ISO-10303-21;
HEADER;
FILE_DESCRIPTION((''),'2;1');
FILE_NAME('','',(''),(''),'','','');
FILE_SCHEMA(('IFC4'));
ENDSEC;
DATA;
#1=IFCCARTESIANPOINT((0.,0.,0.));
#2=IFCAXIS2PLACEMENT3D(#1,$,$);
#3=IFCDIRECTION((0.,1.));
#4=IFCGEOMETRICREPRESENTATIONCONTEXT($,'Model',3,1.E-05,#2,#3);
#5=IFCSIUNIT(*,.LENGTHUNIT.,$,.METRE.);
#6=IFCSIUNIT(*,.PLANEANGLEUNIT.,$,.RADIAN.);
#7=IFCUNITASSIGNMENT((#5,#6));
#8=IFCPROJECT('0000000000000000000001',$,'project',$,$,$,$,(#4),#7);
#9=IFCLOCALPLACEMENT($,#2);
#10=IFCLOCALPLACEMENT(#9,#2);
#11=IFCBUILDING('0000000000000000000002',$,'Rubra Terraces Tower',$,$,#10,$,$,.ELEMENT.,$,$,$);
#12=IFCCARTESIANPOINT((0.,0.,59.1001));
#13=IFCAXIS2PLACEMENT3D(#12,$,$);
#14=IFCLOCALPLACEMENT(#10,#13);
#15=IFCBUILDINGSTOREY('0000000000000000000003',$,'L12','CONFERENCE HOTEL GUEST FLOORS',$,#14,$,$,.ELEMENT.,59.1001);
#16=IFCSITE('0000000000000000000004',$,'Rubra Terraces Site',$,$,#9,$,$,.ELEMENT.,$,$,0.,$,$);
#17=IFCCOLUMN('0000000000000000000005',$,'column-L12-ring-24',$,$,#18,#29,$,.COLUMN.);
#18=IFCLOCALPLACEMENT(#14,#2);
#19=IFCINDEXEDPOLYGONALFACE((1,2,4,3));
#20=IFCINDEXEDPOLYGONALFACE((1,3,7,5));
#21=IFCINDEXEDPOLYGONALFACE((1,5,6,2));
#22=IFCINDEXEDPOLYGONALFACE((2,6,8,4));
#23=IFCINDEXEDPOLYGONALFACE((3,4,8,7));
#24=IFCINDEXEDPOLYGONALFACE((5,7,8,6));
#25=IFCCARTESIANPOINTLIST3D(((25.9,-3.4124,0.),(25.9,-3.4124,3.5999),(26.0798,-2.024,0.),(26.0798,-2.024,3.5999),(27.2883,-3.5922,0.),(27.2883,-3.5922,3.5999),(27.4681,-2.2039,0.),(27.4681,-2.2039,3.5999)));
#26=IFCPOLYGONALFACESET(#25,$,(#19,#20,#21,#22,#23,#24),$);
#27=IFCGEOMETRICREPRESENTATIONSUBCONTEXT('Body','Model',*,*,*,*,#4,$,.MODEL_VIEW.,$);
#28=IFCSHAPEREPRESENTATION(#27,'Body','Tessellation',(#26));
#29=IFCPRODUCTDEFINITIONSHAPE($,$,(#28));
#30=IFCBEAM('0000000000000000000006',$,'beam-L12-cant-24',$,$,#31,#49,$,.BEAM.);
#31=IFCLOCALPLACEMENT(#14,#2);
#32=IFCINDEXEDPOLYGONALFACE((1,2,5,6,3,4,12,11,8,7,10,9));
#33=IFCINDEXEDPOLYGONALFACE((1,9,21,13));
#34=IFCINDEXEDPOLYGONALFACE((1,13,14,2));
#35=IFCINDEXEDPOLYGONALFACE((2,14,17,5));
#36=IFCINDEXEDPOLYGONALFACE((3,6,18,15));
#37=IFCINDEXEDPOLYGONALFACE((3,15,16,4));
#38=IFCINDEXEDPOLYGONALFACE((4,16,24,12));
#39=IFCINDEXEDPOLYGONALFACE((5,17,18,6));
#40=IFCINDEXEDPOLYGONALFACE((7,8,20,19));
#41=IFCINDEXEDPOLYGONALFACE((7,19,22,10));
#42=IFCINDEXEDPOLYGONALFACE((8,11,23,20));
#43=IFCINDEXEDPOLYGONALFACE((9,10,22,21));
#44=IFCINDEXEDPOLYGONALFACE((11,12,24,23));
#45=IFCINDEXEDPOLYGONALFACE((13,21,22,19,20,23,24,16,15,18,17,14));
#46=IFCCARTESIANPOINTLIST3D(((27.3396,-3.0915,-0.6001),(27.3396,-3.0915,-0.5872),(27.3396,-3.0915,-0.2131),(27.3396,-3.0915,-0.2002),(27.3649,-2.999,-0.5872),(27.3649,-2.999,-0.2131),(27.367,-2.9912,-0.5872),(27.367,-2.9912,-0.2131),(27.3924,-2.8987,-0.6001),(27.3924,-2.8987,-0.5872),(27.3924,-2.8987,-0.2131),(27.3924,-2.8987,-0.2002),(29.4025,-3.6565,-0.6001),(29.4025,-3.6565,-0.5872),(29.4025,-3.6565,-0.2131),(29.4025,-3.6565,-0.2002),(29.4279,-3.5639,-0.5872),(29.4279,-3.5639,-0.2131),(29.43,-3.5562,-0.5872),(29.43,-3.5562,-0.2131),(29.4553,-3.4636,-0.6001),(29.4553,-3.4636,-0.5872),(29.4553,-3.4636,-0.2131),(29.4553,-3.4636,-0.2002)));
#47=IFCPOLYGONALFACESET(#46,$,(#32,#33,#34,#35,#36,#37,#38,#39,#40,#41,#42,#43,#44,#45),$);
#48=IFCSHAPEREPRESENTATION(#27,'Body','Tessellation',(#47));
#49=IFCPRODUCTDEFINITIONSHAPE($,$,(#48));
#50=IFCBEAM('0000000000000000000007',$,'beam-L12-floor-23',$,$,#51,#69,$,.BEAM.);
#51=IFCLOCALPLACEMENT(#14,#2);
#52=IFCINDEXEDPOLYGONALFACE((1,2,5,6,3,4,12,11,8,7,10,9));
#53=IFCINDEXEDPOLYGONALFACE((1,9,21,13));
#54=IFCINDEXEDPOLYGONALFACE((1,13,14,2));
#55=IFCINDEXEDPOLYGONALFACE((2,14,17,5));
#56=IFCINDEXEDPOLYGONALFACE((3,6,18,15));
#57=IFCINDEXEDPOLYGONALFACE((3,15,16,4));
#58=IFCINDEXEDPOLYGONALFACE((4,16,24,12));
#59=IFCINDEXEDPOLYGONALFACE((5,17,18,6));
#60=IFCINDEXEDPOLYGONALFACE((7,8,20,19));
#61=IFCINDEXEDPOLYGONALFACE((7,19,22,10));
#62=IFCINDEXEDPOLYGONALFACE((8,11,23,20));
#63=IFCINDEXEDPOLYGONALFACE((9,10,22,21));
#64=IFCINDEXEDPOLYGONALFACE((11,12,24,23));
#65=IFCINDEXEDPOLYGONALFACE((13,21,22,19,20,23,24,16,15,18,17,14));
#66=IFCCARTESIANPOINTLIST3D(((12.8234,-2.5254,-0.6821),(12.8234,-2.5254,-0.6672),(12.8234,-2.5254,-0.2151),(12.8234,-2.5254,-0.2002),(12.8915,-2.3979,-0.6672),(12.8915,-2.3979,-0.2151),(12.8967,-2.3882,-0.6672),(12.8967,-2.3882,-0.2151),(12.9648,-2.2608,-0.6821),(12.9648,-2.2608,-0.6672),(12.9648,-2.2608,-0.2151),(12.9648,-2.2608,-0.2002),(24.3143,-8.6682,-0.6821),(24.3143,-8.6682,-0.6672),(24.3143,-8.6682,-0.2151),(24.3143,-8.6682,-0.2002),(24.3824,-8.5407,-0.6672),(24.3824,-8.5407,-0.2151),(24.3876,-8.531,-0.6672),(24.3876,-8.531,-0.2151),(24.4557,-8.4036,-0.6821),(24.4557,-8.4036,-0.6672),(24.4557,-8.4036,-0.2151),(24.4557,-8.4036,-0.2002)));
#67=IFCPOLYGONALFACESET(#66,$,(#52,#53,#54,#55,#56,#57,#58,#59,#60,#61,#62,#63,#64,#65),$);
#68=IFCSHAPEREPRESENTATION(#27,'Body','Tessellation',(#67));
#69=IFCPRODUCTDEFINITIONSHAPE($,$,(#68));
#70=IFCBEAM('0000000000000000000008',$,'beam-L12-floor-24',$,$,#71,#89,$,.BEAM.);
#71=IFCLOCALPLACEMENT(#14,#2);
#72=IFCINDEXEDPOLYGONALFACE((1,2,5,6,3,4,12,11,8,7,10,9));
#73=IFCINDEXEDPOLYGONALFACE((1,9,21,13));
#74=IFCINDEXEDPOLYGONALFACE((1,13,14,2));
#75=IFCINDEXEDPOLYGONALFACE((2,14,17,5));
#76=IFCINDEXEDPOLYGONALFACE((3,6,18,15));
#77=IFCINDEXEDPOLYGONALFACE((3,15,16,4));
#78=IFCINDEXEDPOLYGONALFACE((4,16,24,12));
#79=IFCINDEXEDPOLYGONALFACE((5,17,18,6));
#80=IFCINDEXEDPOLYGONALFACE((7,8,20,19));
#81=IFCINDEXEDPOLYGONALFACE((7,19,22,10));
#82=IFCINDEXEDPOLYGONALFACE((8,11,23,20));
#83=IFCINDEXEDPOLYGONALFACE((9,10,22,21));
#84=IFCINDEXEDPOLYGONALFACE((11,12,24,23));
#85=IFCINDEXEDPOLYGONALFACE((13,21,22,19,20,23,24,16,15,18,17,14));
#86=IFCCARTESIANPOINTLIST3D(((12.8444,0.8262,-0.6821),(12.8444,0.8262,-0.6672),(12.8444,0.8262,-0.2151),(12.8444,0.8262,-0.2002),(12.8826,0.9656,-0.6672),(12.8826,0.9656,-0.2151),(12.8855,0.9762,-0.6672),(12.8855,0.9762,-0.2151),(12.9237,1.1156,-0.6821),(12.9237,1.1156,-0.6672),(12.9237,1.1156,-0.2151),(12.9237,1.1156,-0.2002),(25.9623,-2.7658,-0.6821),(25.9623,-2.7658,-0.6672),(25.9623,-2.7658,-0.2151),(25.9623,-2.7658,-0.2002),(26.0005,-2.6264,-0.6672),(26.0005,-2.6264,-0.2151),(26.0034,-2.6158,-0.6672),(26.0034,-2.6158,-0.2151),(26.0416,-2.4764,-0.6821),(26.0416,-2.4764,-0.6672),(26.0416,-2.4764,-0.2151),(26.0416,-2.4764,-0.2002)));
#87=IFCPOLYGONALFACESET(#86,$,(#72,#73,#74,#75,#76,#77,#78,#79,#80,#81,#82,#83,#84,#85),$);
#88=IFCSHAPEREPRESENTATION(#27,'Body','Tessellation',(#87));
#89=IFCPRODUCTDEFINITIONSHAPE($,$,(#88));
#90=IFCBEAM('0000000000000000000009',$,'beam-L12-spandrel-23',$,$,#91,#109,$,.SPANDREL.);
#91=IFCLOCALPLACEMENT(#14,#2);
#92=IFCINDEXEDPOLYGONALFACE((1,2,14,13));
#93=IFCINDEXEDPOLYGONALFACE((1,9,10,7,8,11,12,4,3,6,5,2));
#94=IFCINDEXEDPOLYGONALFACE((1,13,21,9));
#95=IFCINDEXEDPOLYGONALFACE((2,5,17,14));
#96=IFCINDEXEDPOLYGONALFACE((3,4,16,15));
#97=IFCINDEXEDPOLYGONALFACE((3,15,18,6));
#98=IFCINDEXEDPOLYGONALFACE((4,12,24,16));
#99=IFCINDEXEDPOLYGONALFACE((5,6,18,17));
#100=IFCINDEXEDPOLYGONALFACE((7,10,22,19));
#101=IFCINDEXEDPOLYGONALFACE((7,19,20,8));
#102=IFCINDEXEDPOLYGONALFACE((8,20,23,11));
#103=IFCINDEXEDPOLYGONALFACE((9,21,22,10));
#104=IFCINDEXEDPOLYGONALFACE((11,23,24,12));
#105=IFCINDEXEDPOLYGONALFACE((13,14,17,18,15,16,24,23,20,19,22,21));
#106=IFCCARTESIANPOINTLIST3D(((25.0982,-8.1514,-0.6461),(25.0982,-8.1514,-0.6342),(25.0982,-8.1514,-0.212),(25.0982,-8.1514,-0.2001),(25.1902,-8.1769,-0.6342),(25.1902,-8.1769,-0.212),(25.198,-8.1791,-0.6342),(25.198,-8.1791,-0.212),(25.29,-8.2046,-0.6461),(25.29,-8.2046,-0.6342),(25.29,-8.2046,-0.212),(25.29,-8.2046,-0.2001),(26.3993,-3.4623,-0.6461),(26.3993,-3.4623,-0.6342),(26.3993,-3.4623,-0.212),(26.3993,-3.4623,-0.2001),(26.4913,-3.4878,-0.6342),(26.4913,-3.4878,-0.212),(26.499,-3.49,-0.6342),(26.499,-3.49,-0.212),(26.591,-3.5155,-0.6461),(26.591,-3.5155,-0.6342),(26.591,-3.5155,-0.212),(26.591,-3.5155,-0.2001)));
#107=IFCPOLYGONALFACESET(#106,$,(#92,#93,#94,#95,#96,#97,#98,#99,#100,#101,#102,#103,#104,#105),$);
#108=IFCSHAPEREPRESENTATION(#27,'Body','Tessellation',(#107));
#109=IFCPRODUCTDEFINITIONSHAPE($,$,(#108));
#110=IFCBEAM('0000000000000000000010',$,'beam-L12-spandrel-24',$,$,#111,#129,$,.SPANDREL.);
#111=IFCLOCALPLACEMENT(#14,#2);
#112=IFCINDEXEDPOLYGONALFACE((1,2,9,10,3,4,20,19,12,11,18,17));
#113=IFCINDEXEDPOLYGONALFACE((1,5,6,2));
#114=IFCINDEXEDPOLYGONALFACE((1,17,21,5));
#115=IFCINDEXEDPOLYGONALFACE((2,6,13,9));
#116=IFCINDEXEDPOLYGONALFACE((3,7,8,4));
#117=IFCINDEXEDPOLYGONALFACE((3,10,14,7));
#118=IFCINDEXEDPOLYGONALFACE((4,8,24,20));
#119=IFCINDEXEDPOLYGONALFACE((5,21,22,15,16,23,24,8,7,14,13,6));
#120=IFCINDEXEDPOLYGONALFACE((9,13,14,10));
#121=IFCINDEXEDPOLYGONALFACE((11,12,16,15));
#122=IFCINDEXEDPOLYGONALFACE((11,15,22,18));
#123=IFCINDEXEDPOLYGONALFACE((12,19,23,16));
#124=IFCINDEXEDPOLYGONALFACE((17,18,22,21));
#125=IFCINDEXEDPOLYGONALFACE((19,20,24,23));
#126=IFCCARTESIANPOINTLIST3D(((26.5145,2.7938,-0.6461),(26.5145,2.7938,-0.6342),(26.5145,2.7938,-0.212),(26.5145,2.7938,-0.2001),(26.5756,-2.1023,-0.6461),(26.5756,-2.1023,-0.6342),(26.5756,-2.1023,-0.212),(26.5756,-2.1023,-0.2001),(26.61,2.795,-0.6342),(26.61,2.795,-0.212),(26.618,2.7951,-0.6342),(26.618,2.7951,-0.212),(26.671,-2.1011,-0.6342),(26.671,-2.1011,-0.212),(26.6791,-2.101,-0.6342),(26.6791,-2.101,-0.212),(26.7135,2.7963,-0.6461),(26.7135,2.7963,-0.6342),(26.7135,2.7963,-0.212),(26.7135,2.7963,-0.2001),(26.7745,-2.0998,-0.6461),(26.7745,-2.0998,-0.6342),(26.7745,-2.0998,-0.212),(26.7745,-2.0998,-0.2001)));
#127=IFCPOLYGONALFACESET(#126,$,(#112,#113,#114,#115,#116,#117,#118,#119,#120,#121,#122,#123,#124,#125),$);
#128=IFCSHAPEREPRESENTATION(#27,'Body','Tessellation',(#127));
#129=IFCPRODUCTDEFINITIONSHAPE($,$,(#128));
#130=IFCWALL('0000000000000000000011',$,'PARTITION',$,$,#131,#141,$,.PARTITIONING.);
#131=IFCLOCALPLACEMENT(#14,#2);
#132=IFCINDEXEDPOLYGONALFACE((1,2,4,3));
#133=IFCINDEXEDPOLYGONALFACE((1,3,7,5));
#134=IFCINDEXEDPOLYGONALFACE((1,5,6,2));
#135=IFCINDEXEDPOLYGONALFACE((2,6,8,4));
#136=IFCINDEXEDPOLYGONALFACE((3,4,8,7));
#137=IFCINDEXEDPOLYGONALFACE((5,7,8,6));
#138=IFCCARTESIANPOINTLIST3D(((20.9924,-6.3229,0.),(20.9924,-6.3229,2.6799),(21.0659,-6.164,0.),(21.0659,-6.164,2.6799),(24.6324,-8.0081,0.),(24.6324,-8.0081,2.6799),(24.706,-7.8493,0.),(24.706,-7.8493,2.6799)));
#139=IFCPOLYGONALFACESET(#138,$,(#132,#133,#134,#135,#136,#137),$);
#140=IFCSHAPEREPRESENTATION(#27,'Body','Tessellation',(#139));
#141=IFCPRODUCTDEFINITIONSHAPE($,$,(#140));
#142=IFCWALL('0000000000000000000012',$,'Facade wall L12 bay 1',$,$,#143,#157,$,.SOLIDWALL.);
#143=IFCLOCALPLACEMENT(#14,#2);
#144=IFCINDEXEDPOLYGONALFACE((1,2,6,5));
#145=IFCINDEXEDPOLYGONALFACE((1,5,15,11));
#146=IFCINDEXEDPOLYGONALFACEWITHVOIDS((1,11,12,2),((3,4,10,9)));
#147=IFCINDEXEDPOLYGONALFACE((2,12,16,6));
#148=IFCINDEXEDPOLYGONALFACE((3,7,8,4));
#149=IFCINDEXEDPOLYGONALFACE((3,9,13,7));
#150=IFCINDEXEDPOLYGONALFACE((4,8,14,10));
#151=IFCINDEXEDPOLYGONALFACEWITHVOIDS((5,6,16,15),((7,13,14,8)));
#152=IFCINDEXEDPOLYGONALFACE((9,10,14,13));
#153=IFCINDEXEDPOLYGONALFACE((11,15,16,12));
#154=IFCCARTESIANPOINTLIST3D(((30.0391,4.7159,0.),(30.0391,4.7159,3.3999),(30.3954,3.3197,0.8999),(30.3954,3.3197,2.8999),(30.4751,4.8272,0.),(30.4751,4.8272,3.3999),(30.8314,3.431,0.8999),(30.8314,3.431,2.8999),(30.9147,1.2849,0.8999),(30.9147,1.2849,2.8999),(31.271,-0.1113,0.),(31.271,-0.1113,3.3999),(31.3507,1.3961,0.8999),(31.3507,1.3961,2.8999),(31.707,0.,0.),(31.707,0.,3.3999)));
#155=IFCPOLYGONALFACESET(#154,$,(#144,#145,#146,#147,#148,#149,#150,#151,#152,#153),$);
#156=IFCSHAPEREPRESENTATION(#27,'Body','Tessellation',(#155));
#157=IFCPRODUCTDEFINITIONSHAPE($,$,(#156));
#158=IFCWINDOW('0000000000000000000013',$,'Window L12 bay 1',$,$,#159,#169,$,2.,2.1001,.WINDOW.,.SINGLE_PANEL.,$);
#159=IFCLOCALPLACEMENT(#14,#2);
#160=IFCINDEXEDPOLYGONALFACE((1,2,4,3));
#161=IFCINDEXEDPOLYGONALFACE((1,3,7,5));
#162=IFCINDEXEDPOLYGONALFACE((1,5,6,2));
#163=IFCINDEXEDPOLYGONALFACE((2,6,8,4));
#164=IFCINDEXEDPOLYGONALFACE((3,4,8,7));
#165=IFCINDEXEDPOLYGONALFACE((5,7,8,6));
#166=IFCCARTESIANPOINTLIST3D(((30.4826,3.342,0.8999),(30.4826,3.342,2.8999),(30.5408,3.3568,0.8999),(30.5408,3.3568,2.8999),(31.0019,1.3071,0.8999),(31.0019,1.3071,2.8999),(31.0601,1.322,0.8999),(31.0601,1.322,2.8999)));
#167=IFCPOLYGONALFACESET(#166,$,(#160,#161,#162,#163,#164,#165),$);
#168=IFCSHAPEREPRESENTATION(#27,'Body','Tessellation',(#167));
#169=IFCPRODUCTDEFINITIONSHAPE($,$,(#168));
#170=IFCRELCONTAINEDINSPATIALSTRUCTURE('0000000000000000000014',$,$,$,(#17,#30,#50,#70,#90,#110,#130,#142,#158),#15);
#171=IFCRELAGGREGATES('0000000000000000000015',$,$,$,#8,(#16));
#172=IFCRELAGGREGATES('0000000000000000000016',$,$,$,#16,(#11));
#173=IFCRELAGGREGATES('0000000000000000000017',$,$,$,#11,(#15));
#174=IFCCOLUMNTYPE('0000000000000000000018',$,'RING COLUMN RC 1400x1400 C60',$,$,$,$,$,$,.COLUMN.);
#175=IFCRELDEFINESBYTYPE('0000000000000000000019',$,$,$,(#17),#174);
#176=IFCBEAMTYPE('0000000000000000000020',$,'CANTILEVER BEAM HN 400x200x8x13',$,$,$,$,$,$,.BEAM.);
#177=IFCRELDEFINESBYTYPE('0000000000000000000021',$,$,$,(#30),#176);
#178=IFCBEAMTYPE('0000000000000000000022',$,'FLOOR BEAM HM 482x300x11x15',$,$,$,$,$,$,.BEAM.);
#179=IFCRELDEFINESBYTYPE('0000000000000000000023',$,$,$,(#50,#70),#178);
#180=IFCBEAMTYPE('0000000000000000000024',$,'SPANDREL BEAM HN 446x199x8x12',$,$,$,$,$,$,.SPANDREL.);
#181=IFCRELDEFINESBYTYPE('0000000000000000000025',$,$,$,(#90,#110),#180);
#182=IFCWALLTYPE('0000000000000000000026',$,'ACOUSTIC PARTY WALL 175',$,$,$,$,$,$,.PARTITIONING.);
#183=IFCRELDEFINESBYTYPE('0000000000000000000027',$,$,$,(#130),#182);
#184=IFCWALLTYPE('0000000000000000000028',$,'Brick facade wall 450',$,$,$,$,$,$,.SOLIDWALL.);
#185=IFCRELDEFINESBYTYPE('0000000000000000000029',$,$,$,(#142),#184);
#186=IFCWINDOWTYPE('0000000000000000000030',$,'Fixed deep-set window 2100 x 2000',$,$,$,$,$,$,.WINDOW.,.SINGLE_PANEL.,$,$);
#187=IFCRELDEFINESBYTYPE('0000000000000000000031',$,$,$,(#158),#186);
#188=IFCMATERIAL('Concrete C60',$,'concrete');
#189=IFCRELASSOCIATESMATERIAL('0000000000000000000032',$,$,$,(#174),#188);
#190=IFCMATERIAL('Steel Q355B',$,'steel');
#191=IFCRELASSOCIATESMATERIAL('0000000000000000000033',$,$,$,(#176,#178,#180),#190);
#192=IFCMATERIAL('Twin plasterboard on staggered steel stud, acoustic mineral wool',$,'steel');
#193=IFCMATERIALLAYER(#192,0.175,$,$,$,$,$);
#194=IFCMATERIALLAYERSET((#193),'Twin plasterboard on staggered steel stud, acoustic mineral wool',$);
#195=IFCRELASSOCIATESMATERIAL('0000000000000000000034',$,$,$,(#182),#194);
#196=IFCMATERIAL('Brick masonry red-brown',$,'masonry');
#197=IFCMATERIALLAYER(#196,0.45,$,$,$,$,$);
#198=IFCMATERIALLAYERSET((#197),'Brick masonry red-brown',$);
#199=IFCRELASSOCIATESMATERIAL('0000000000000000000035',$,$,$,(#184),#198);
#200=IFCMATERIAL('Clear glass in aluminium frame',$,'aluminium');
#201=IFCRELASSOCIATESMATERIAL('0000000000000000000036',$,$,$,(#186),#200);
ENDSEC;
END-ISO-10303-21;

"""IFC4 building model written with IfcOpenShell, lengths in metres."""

from ifc_helpers import new_model, si_unit, direction, frame, frame_2d, origin, origin_2d, place, context, subcontext, project, spatial, rectangle, i_section, extrude, material, layer, layer_set, material_profile, profile_set, type_object, element, fill, save


model = new_model("IFC4")

# Units and contexts
model_context = context("Model", 3, precision=1e-05, world=origin(), true_north=direction((0.0, 1.0)))
body_context = subcontext(model_context, "Body", "Model", "MODEL_VIEW")
ifc_project = project(units=[si_unit("LENGTHUNIT", "METRE"), si_unit("PLANEANGLEUNIT", "RADIAN")], contexts=[model_context])

# Site, building, storey
site_placement = place(None, origin())
site = spatial("IfcSite", under=ifc_project, at=site_placement, Name="Rubra Terraces Site", CompositionType="ELEMENT", RefElevation=0.0)
building_placement = place(site_placement, origin())
building = spatial("IfcBuilding", under=site, at=building_placement, Name="Rubra Terraces Tower", CompositionType="ELEMENT")
storey_placement = place(building_placement, frame((0.0, 0.0, 59.1001)))
storey = spatial("IfcBuildingStorey", under=building, at=storey_placement, Name="L12", Description="CONFERENCE HOTEL GUEST FLOORS", CompositionType="ELEMENT", Elevation=59.1001)

# Column
ifc_material_1 = material(Name="Concrete C60", Category="concrete")
ifc_material_profile_1 = material_profile(ifc_material_1, rectangle(XDim=1.3999, YDim=1.3999, at=origin_2d()), Name="RC 1400x1400")
ifc_profile_set_1 = profile_set([ifc_material_profile_1], Name="Concrete C60")
column_type = type_object("IfcColumnType", Name="RING COLUMN RC 1400x1400 C60", PredefinedType="COLUMN", material=ifc_profile_set_1)
column_placement = place(storey_placement, frame((26.6841, -2.8081, 0.0), z_axis=(0.0, 0.0, 1.0), x_axis=(0.128445, 0.991717, 0.0)))
element("IfcColumn", 1, at=column_placement, inside=storey, type_object=column_type, Name="column-L12-ring-24", PredefinedType="COLUMN", context=body_context, shape_type="SweptSolid", body=[
    extrude(rectangle(XDim=1.3999, YDim=1.3999, at=origin_2d()), origin(), (0.0, 0.0, 1.0), 3.5999),
])

# Beams
ifc_material_2 = material(Name="Steel Q355B", Category="steel")
ifc_material_profile_2 = material_profile(ifc_material_2, i_section(OverallWidth=0.2, OverallDepth=0.3999, WebThickness=0.0081, FlangeThickness=0.0129, at=origin_2d()), Name="HN 400x200x8x13")
ifc_profile_set_2 = profile_set([ifc_material_profile_2], Name="Steel Q355B")
beam_type_1 = type_object("IfcBeamType", Name="CANTILEVER BEAM HN 400x200x8x13", PredefinedType="BEAM", material=ifc_profile_set_2)
beam_1_placement = place(storey_placement, frame((27.366, -2.9951, -0.4001), z_axis=(0.964489, -0.264122, 0.0), x_axis=(0.264122, 0.964489, 0.0)))
element("IfcBeam", 2, at=beam_1_placement, inside=storey, type_object=beam_type_1, Name="beam-L12-cant-24", PredefinedType="BEAM", context=body_context, shape_type="SweptSolid", body=[
    extrude(i_section(OverallWidth=0.2, OverallDepth=0.3999, WebThickness=0.0081, FlangeThickness=0.0129, at=origin_2d()), origin(), (0.0, 0.0, 1.0), 2.1389),
])
ifc_material_profile_3 = material_profile(ifc_material_2, i_section(OverallWidth=0.3, OverallDepth=0.4819, WebThickness=0.011, FlangeThickness=0.0149, at=origin_2d()), Name="HM 482x300x11x15")
ifc_profile_set_3 = profile_set([ifc_material_profile_3], Name="Steel Q355B")
beam_type_2 = type_object("IfcBeamType", Name="FLOOR BEAM HM 482x300x11x15", PredefinedType="BEAM", material=ifc_profile_set_3)
beam_2_placement = place(storey_placement, frame((24.385, -8.5359, -0.4412), z_axis=(-0.881897, 0.471443, 0.0), x_axis=(-0.471443, -0.881897, 0.0)))
element("IfcBeam", 3, at=beam_2_placement, inside=storey, type_object=beam_type_2, Name="beam-L12-floor-23", PredefinedType="BEAM", context=body_context, shape_type="SweptSolid", body=[
    extrude(i_section(OverallWidth=0.3, OverallDepth=0.4819, WebThickness=0.011, FlangeThickness=0.0149, at=origin_2d()), origin(), (0.0, 0.0, 1.0), 13.0298),
])
beam_3_placement = place(storey_placement, frame((26.002, -2.6211, -0.4412), z_axis=(-0.964494, 0.264105, 0.0), x_axis=(-0.264105, -0.964494, 0.0)))
element("IfcBeam", 4, at=beam_3_placement, inside=storey, type_object=beam_type_2, Name="beam-L12-floor-24", PredefinedType="BEAM", context=body_context, shape_type="SweptSolid", body=[
    extrude(i_section(OverallWidth=0.3, OverallDepth=0.4819, WebThickness=0.011, FlangeThickness=0.0149, at=origin_2d()), origin(), (0.0, 0.0, 1.0), 13.6008),
])
ifc_material_profile_4 = material_profile(ifc_material_2, i_section(OverallWidth=0.199, OverallDepth=0.446, WebThickness=0.0081, FlangeThickness=0.012, at=origin_2d()), Name="HN 446x199x8x12")
ifc_profile_set_4 = profile_set([ifc_material_profile_4], Name="Steel Q355B")
beam_type_3 = type_object("IfcBeamType", Name="SPANDREL BEAM HN 446x199x8x12", PredefinedType="SPANDREL", material=ifc_profile_set_4)
beam_4_placement = place(storey_placement, frame((25.1941, -8.178, -0.4231), z_axis=(0.267364, 0.963595, 0.0), x_axis=(-0.963595, 0.267364, 0.0)))
element("IfcBeam", 5, at=beam_4_placement, inside=storey, type_object=beam_type_3, Name="beam-L12-spandrel-23", PredefinedType="SPANDREL", context=body_context, shape_type="SweptSolid", body=[
    extrude(i_section(OverallWidth=0.199, OverallDepth=0.446, WebThickness=0.0081, FlangeThickness=0.012, at=origin_2d()), origin(), (0.0, 0.0, 1.0), 4.8662),
])
beam_5_placement = place(storey_placement, frame((26.675, -2.1011, -0.4231), z_axis=(-0.012465, 0.999922, 0.0), x_axis=(-0.999922, -0.012465, 0.0)))
element("IfcBeam", 6, at=beam_5_placement, inside=storey, type_object=beam_type_3, Name="beam-L12-spandrel-24", PredefinedType="SPANDREL", context=body_context, shape_type="SweptSolid", body=[
    extrude(i_section(OverallWidth=0.199, OverallDepth=0.446, WebThickness=0.0081, FlangeThickness=0.012, at=origin_2d()), origin(), (0.0, 0.0, 1.0), 4.8965),
])

# Wall
ifc_material_3 = material(Name="Twin plasterboard on staggered steel stud, acoustic mineral wool", Category="steel")
ifc_layer_1 = layer(ifc_material_3, 0.175)
ifc_layer_set_1 = layer_set([ifc_layer_1], Name="Twin plasterboard on staggered steel stud, acoustic mineral wool")
wall_type_1 = type_object("IfcWallType", Name="ACOUSTIC PARTY WALL 175", PredefinedType="PARTITIONING", material=ifc_layer_set_1)
wall_1_placement = place(storey_placement, frame((24.6692, -7.9287, 0.0), z_axis=(0.0, 0.0, 1.0), x_axis=(-0.907462, 0.420135, 0.0)))
element("IfcWall", 7, at=wall_1_placement, inside=storey, type_object=wall_type_1, Name="PARTITION", PredefinedType="PARTITIONING", context=body_context, shape_type="SweptSolid", body=[
    extrude(rectangle(XDim=4.0112, YDim=0.175, at=frame_2d((2.0056, 0.0))), origin(), (0.0, 0.0, 1.0), 2.6799),
])

# Wall, opening, window
ifc_material_4 = material(Name="Brick masonry red-brown", Category="masonry")
ifc_layer_2 = layer(ifc_material_4, 0.45)
ifc_layer_set_2 = layer_set([ifc_layer_2], Name="Brick masonry red-brown")
wall_type_2 = type_object("IfcWallType", Name="Brick facade wall 450", PredefinedType="SOLIDWALL", material=ifc_layer_set_2)
wall_2_placement = place(storey_placement, frame((31.489, -0.0557, 0.0), z_axis=(0.0, 0.0, 1.0), x_axis=(-0.247283, 0.968943, 0.0)))
wall_2 = element("IfcWall", 8, at=wall_2_placement, inside=storey, type_object=wall_type_2, Name="Facade wall L12 bay 1", PredefinedType="SOLIDWALL", context=body_context, shape_type="SweptSolid", body=[
    extrude(rectangle(XDim=4.9819, YDim=0.45, at=frame_2d((2.491, 0.0))), origin(), (0.0, 0.0, 1.0), 3.3999),
])
opening_1_placement = place(wall_2_placement, frame((1.4409, 0.0, 0.8999)))
opening_1 = element("IfcOpeningElement", 9, at=opening_1_placement, cuts=wall_2, PredefinedType="OPENING", context=body_context, shape_type="SweptSolid", body=[
    extrude(rectangle(XDim=2.1001, YDim=2.0, at=frame_2d((1.05, 1.0))), frame((0.0, 0.2349, 0.0), z_axis=(0.0, -1.0, 0.0), x_axis=(1.0, 0.0, 0.0)), (0.0, 0.0, 1.0), 0.47),
])
ifc_material_5 = material(Name="Clear glass in aluminium frame", Category="aluminium")
window_type = type_object("IfcWindowType", Name="Fixed deep-set window 2100 x 2000", PartitioningType="SINGLE_PANEL", PredefinedType="WINDOW", material=ifc_material_5)
window_1_placement = place(opening_1_placement, origin())
window_1 = element("IfcWindow", 10, at=window_1_placement, inside=storey, type_object=window_type, Name="Window L12 bay 1", OverallHeight=2.0, OverallWidth=2.1001, PartitioningType="SINGLE_PANEL", PredefinedType="WINDOW", context=body_context, shape_type="SweptSolid", body=[
    extrude(rectangle(XDim=2.1001, YDim=2.0, at=frame_2d((1.05, 1.0))), frame((0.0, 0.135, 0.0), z_axis=(0.0, -1.0, 0.0), x_axis=(1.0, 0.0, 0.0)), (0.0, 0.0, 1.0), 0.0601),
])
fill(opening_1, window_1)

save(model, "model.ifc")
